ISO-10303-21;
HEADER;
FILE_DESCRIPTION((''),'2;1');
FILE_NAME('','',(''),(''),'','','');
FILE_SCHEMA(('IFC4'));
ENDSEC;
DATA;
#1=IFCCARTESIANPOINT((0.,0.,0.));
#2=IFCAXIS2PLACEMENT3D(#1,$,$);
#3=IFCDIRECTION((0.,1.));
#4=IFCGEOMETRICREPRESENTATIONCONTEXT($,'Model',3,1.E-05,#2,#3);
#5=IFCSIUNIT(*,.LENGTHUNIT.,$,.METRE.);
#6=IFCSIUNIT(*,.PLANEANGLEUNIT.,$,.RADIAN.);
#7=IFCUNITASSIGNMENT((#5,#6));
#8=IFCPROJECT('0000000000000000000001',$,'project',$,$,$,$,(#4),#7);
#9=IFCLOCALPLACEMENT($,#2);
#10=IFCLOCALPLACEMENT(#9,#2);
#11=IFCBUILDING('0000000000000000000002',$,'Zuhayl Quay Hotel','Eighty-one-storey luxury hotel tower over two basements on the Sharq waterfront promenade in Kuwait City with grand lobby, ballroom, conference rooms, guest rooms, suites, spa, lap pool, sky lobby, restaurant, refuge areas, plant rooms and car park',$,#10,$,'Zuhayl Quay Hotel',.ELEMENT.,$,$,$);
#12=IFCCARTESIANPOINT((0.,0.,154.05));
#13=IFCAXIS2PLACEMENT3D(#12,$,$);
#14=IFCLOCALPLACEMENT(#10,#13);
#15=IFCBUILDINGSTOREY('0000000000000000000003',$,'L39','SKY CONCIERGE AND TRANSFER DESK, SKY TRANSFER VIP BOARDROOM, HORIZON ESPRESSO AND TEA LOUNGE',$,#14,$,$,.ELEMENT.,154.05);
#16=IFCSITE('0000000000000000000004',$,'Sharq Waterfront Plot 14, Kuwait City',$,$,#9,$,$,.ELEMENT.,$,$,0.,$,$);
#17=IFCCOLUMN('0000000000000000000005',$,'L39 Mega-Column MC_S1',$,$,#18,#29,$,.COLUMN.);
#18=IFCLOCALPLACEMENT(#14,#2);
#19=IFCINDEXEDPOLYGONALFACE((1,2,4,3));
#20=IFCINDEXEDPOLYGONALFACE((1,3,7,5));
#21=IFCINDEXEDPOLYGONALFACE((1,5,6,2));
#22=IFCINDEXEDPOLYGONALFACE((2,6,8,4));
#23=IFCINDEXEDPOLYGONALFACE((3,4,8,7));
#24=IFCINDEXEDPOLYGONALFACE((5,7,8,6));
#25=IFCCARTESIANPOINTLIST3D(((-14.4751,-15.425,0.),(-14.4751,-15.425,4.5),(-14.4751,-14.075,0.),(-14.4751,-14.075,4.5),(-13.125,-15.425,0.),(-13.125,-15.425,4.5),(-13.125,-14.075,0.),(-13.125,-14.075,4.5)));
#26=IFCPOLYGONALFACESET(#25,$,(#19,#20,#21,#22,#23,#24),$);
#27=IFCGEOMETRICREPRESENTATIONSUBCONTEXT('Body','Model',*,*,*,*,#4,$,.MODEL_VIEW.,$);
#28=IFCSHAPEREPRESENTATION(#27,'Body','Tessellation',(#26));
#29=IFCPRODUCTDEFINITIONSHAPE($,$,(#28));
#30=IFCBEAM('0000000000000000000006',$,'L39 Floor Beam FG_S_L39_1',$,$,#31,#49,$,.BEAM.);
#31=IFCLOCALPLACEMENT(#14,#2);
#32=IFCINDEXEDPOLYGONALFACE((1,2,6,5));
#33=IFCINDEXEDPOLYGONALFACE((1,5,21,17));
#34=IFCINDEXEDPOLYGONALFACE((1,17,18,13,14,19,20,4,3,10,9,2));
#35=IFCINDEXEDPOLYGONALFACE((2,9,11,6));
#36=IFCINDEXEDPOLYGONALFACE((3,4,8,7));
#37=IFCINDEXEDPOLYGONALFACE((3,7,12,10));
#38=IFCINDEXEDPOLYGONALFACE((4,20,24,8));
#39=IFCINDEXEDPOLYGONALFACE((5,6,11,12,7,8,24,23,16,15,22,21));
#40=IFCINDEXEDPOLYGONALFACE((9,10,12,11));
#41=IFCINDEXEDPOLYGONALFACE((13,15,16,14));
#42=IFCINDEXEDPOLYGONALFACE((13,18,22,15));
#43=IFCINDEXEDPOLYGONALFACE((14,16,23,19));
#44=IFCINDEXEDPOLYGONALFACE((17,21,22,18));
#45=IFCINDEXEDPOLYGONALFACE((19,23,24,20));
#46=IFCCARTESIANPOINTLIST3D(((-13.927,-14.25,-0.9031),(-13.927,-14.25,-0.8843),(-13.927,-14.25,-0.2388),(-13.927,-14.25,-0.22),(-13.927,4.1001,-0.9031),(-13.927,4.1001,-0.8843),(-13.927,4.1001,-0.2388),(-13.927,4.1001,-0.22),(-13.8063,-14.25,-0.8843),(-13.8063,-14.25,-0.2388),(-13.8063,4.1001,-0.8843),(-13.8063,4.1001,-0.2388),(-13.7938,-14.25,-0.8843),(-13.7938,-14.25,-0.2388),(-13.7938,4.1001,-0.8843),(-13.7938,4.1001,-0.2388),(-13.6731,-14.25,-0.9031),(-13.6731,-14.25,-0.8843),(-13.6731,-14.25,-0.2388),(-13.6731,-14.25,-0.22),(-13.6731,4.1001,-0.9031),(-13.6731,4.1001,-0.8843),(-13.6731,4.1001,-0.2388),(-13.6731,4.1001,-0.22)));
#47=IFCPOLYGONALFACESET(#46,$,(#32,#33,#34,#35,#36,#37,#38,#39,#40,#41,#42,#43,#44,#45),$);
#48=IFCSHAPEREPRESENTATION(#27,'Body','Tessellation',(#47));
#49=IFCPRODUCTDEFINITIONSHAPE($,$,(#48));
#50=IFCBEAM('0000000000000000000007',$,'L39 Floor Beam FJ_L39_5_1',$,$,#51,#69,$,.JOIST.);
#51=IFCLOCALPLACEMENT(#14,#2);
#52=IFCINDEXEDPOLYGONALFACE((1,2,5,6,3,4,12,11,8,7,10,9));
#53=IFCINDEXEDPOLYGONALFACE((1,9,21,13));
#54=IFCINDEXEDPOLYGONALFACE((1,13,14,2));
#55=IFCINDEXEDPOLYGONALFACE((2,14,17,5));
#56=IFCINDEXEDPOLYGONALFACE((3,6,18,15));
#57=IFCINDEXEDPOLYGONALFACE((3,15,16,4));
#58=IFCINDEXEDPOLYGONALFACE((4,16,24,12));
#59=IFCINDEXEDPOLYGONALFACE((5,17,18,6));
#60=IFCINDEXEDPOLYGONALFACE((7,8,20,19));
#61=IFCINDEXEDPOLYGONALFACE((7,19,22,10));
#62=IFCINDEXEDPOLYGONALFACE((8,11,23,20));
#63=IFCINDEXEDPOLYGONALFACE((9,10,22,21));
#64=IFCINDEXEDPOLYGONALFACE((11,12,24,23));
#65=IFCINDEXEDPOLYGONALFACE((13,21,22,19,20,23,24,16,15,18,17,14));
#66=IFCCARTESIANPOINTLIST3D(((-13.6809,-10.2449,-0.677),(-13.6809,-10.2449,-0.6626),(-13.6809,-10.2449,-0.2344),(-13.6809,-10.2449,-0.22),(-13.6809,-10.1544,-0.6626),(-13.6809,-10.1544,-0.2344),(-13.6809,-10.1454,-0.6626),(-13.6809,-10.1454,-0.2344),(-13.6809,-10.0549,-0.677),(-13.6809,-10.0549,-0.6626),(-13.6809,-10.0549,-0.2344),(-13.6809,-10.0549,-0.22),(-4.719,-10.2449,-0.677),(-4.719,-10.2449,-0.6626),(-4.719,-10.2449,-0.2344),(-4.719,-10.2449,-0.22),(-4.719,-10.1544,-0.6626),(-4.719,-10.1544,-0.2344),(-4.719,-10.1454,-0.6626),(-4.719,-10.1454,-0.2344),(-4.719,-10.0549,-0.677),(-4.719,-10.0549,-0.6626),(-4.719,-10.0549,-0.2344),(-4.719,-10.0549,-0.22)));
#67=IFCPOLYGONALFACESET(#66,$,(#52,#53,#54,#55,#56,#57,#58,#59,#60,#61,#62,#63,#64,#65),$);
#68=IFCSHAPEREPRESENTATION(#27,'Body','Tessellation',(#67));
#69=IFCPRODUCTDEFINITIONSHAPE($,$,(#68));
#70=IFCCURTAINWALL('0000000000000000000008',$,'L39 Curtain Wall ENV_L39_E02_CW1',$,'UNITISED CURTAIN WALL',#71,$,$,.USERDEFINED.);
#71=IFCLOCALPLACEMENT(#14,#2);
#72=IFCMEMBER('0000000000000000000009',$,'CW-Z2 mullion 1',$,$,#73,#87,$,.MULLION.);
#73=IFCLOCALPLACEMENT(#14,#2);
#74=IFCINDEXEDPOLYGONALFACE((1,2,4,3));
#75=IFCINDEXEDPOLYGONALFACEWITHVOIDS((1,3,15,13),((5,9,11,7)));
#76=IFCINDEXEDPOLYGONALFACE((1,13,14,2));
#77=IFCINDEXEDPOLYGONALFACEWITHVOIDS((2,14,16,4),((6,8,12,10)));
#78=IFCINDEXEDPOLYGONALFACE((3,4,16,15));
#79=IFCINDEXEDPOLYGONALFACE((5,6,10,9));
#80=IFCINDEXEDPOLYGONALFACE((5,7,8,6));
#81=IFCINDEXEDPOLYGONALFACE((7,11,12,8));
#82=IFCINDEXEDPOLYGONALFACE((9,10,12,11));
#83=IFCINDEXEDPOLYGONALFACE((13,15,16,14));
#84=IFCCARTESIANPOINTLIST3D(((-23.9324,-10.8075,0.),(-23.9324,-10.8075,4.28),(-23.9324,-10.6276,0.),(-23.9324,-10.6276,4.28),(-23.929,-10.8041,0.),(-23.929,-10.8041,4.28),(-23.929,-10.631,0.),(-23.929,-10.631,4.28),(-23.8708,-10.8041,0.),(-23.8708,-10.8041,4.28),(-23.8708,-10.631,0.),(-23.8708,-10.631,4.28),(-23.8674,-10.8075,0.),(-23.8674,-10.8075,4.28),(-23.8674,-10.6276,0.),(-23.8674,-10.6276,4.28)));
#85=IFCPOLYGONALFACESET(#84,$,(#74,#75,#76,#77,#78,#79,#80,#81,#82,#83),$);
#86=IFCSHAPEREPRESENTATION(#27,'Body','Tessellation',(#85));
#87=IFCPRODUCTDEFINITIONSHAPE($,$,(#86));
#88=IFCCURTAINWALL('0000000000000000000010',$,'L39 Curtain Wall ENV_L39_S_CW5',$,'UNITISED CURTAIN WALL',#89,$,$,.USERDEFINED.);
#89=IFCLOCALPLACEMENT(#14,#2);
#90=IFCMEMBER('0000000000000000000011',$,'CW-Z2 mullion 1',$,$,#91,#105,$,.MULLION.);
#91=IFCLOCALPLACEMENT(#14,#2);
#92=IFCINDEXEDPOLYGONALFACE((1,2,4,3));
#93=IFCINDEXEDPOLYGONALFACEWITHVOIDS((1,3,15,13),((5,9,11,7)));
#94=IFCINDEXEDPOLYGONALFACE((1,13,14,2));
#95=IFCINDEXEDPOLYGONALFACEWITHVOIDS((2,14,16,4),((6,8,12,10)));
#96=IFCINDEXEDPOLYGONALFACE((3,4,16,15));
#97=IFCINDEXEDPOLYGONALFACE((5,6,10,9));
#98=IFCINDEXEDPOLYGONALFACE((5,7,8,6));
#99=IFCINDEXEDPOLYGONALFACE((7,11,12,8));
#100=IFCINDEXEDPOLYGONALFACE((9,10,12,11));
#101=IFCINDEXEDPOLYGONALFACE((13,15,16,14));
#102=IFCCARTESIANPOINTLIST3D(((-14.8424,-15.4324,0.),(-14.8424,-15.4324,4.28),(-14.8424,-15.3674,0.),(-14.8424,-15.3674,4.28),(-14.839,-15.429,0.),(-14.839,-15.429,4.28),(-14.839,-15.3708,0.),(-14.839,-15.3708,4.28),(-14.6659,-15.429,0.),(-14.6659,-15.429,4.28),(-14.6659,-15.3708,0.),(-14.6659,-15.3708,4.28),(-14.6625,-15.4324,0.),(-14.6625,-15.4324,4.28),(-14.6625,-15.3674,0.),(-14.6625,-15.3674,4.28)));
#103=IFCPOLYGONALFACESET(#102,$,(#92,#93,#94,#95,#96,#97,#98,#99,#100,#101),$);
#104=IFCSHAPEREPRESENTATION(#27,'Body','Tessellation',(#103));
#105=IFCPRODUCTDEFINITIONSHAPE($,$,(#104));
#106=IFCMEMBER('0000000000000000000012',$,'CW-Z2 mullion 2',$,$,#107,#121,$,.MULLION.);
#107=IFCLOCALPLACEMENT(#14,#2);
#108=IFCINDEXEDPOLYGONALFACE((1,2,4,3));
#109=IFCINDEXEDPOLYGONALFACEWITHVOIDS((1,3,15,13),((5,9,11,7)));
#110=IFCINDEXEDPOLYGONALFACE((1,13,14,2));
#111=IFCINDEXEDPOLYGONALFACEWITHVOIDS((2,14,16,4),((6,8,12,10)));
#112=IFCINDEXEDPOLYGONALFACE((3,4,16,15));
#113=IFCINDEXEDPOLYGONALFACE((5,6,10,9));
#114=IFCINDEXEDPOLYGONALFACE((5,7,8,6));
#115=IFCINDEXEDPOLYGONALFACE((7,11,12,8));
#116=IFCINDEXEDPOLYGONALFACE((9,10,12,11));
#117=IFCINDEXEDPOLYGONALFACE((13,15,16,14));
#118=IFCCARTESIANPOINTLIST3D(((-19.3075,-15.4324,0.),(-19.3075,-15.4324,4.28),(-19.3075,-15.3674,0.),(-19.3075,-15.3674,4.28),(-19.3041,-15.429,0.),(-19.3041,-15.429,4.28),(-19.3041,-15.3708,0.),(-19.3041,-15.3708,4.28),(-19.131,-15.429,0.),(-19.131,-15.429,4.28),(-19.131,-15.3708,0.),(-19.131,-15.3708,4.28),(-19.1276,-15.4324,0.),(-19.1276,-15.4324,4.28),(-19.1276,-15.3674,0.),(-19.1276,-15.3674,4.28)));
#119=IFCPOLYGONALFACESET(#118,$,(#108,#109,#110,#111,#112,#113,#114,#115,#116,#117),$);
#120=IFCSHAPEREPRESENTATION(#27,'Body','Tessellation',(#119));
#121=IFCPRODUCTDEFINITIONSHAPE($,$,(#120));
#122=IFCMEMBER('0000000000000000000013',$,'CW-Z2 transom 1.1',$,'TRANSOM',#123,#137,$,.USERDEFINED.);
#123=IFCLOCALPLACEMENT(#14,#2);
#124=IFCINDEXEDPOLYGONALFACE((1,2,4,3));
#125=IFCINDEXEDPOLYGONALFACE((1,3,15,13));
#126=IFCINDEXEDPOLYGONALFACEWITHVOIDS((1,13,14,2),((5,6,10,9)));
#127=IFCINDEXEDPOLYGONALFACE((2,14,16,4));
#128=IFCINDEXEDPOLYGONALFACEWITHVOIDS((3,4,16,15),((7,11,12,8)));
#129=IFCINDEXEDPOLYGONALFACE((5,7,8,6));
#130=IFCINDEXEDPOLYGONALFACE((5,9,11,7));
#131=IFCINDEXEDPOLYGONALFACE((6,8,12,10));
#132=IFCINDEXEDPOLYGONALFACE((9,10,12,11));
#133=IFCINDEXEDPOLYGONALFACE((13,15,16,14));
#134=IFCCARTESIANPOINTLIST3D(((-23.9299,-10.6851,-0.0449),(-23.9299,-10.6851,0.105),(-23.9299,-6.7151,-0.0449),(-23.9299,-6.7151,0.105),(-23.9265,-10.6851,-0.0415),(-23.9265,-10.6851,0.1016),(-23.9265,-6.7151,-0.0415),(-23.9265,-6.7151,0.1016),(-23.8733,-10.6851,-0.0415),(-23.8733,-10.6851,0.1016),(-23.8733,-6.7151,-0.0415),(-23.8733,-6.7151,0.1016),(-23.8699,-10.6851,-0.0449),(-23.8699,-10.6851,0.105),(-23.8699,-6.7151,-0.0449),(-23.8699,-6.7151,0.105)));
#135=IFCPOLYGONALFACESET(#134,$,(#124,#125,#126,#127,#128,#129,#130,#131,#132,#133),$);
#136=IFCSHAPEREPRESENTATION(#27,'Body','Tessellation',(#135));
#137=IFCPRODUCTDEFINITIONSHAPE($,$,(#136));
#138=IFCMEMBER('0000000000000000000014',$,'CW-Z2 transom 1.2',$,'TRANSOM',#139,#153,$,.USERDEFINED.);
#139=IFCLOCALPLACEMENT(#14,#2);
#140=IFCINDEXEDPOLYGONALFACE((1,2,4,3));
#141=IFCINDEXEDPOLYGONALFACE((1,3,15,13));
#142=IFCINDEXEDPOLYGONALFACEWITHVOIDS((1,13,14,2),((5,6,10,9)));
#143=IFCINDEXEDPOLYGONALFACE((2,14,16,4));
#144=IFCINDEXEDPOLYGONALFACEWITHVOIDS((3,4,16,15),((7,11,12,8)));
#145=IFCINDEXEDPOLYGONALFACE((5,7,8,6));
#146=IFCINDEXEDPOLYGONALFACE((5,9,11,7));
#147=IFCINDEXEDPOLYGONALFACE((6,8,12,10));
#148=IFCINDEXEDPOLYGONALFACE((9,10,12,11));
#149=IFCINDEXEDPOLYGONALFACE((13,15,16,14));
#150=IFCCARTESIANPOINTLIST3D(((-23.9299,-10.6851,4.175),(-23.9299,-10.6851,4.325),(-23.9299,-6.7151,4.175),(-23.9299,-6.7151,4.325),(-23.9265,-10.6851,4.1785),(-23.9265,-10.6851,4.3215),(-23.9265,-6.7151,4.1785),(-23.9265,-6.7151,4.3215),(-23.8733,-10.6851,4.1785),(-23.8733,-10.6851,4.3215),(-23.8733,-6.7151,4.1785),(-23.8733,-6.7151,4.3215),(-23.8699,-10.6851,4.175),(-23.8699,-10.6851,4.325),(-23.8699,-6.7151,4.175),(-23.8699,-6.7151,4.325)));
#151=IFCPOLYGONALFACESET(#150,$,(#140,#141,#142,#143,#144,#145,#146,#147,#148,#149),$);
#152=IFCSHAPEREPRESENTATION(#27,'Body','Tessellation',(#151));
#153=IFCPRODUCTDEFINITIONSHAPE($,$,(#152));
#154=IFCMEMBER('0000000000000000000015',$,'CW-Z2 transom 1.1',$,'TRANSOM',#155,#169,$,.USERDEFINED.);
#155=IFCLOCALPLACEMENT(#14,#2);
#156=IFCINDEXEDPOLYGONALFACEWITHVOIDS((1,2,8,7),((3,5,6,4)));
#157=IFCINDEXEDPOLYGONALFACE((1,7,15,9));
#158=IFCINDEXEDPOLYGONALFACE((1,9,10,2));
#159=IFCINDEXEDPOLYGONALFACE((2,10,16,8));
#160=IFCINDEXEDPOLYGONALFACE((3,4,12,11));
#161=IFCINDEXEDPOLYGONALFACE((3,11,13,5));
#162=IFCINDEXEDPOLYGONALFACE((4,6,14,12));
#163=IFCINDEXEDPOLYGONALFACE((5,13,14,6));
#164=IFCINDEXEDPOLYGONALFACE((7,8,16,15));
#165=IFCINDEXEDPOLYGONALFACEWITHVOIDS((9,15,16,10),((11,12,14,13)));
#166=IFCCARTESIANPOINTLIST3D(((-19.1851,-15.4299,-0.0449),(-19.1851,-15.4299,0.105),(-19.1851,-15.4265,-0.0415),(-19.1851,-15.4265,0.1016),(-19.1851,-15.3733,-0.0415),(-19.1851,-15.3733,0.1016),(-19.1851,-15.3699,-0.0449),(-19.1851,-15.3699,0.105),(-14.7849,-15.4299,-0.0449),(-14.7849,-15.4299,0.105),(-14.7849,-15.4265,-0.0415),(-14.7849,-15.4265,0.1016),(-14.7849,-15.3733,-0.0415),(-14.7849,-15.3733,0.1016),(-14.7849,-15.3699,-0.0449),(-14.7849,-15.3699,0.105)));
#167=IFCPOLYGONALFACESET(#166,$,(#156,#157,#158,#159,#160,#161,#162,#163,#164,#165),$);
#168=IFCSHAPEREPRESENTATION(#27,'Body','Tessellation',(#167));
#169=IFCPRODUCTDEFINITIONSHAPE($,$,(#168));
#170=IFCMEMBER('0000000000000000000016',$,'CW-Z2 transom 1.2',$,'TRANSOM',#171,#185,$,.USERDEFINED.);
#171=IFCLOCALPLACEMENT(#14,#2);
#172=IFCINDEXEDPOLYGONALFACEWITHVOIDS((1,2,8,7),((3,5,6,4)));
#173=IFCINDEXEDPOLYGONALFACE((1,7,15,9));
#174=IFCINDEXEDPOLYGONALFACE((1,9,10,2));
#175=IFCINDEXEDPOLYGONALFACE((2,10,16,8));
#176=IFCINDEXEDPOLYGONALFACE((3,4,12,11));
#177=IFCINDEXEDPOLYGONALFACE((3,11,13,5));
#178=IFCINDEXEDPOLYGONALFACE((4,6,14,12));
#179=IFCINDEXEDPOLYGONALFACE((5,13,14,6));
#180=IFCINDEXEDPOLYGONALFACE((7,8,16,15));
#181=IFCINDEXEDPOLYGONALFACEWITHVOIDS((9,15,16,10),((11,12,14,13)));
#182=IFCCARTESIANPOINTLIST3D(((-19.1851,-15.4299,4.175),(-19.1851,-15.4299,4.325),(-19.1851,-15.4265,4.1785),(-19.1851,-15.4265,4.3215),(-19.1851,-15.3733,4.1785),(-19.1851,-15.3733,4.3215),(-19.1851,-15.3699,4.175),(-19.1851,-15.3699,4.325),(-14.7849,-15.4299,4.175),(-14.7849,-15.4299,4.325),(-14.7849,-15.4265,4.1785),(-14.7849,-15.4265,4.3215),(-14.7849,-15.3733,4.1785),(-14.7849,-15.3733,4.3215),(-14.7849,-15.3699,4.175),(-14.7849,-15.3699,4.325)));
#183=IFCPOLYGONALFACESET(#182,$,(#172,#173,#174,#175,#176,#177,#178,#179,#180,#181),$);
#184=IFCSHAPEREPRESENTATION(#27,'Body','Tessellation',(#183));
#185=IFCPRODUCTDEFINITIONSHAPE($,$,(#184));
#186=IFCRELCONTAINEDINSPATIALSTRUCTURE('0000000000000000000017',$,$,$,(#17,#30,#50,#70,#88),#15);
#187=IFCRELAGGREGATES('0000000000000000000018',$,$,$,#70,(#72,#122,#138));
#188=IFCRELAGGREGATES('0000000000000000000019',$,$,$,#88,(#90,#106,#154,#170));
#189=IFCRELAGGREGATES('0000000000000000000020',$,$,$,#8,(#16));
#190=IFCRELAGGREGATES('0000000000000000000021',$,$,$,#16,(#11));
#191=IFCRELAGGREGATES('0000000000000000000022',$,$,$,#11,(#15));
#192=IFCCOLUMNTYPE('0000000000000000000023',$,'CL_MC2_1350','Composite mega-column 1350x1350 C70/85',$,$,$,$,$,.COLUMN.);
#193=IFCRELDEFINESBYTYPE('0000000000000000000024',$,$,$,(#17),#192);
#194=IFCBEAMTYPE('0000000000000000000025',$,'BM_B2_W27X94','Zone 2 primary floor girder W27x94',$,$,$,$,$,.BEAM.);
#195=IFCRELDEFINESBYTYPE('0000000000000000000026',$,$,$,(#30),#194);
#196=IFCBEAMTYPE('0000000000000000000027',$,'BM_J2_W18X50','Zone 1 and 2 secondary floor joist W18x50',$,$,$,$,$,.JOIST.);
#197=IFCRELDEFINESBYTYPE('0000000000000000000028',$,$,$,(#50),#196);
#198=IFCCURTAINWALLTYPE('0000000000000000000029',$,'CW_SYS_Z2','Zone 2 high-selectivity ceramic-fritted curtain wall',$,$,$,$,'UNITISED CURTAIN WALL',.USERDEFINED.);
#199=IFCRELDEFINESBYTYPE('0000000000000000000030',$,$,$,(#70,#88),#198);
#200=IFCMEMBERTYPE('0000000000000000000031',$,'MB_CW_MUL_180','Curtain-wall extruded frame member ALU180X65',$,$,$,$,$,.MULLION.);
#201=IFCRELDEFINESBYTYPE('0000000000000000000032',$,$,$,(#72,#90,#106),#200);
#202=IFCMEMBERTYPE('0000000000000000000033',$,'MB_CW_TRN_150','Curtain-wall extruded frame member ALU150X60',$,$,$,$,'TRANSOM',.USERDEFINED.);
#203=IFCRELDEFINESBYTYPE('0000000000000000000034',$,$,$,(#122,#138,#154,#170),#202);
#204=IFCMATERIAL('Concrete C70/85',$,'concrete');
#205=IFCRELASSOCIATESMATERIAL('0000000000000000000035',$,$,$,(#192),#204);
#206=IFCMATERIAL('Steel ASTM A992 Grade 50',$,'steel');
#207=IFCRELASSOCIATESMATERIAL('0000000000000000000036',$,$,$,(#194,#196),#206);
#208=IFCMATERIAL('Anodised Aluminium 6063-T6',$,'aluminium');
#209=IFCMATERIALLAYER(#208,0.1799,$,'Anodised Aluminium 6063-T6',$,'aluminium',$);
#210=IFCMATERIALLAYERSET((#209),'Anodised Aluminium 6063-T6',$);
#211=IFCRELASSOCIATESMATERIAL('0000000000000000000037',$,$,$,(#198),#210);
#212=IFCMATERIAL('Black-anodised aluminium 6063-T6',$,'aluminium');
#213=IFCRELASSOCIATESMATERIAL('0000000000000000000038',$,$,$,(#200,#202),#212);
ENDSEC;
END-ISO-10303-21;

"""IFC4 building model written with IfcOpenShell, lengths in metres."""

from ifc_helpers import new_model, si_unit, direction, frame, origin, origin_2d, place, context, subcontext, project, spatial, rectangle, hollow_rectangle, i_section, extrude, material, layer, layer_set, material_profile, profile_set, type_object, element, aggregate, save


model = new_model("IFC4")

# Units and contexts
model_context = context("Model", 3, precision=1e-05, world=origin(), true_north=direction((0.0, 1.0)))
body_context = subcontext(model_context, "Body", "Model", "MODEL_VIEW")
ifc_project = project(units=[si_unit("LENGTHUNIT", "METRE"), si_unit("PLANEANGLEUNIT", "RADIAN")], contexts=[model_context])

# Site, building, storey
site_placement = place(None, origin())
site = spatial("IfcSite", under=ifc_project, at=site_placement, Name="Sharq Waterfront Plot 14, Kuwait City", CompositionType="ELEMENT", RefElevation=0.0)
building_placement = place(site_placement, origin())
building = spatial("IfcBuilding", under=site, at=building_placement, Name="Zuhayl Quay Hotel", Description="Eighty-one-storey luxury hotel tower over two basements on the Sharq waterfront promenade in Kuwait City with grand lobby, ballroom, conference rooms, guest rooms, suites, spa, lap pool, sky lobby, restaurant, refuge areas, plant rooms and car park", LongName="Zuhayl Quay Hotel", CompositionType="ELEMENT")
storey_placement = place(building_placement, frame((0.0, 0.0, 154.05)))
storey = spatial("IfcBuildingStorey", under=building, at=storey_placement, Name="L39", Description="SKY CONCIERGE AND TRANSFER DESK, SKY TRANSFER VIP BOARDROOM, HORIZON ESPRESSO AND TEA LOUNGE", CompositionType="ELEMENT", Elevation=154.05)

# Column
ifc_material_1 = material(Name="Concrete C70/85", Category="concrete")
ifc_material_profile_1 = material_profile(ifc_material_1, rectangle(XDim=1.3501, YDim=1.3501, at=origin_2d()), Name="RC1350X1350")
ifc_profile_set_1 = profile_set([ifc_material_profile_1], Name="Concrete C70/85")
column_type = type_object("IfcColumnType", Name="CL_MC2_1350", Description="Composite mega-column 1350x1350 C70/85", PredefinedType="COLUMN", material=ifc_profile_set_1)
column_placement = place(storey_placement, frame((-13.8, -14.75, 0.0), z_axis=(0.0, 0.0, 1.0), x_axis=(1.0, 0.0, 0.0)))
element("IfcColumn", 1, at=column_placement, inside=storey, type_object=column_type, Name="L39 Mega-Column MC_S1", PredefinedType="COLUMN", context=body_context, shape_type="SweptSolid", body=[
    extrude(rectangle(XDim=1.3501, YDim=1.3501, at=origin_2d()), origin(), (0.0, 0.0, 1.0), 4.5),
])

# Beams
ifc_material_2 = material(Name="Steel ASTM A992 Grade 50", Category="steel")
ifc_material_profile_2 = material_profile(ifc_material_2, i_section(OverallWidth=0.2539, OverallDepth=0.6831, WebThickness=0.0125, FlangeThickness=0.0188, at=origin_2d()), Name="W27X94")
ifc_profile_set_2 = profile_set([ifc_material_profile_2], Name="Steel ASTM A992 Grade 50")
beam_type_1 = type_object("IfcBeamType", Name="BM_B2_W27X94", Description="Zone 2 primary floor girder W27x94", PredefinedType="BEAM", material=ifc_profile_set_2)
beam_1_placement = place(storey_placement, frame((-13.8, -14.25, -0.5615), z_axis=(0.0, 1.0, 0.0), x_axis=(-1.0, 0.0, 0.0)))
element("IfcBeam", 2, at=beam_1_placement, inside=storey, type_object=beam_type_1, Name="L39 Floor Beam FG_S_L39_1", PredefinedType="BEAM", context=body_context, shape_type="SweptSolid", body=[
    extrude(i_section(OverallWidth=0.2539, OverallDepth=0.6831, WebThickness=0.0125, FlangeThickness=0.0188, at=origin_2d()), origin(), (0.0, 0.0, 1.0), 18.3501),
])
ifc_material_profile_3 = material_profile(ifc_material_2, i_section(OverallWidth=0.1899, OverallDepth=0.457, WebThickness=0.009, FlangeThickness=0.0144, at=origin_2d()), Name="W18X50")
ifc_profile_set_3 = profile_set([ifc_material_profile_3], Name="Steel ASTM A992 Grade 50")
beam_type_2 = type_object("IfcBeamType", Name="BM_J2_W18X50", Description="Zone 1 and 2 secondary floor joist W18x50", PredefinedType="JOIST", material=ifc_profile_set_3)
beam_2_placement = place(storey_placement, frame((-13.6809, -10.1499, -0.4485), z_axis=(1.0, 0.0, 0.0), x_axis=(0.0, 1.0, 0.0)))
element("IfcBeam", 3, at=beam_2_placement, inside=storey, type_object=beam_type_2, Name="L39 Floor Beam FJ_L39_5_1", PredefinedType="JOIST", context=body_context, shape_type="SweptSolid", body=[
    extrude(i_section(OverallWidth=0.1899, OverallDepth=0.457, WebThickness=0.009, FlangeThickness=0.0144, at=origin_2d()), origin(), (0.0, 0.0, 1.0), 8.9619),
])

# Curtain wall, member
ifc_material_3 = material(Name="Anodised Aluminium 6063-T6", Category="aluminium")
ifc_layer_1 = layer(ifc_material_3, 0.1799, Name="Anodised Aluminium 6063-T6", Category="aluminium")
ifc_layer_set_1 = layer_set([ifc_layer_1], Name="Anodised Aluminium 6063-T6")
curtain_wall_type = type_object("IfcCurtainWallType", Name="CW_SYS_Z2", Description="Zone 2 high-selectivity ceramic-fritted curtain wall", ElementType="UNITISED CURTAIN WALL", PredefinedType="USERDEFINED", material=ifc_layer_set_1)
curtain_wall_1_placement = place(storey_placement, origin())
curtain_wall_1 = element("IfcCurtainWall", 4, at=curtain_wall_1_placement, inside=storey, type_object=curtain_wall_type, Name="L39 Curtain Wall ENV_L39_E02_CW1", ObjectType="UNITISED CURTAIN WALL", PredefinedType="USERDEFINED")
ifc_material_4 = material(Name="Black-anodised aluminium 6063-T6", Category="aluminium")
ifc_material_profile_4 = material_profile(ifc_material_4, hollow_rectangle(XDim=0.0649, YDim=0.1799, WallThickness=0.0034, at=origin_2d()), Name="ALU180X65")
ifc_profile_set_4 = profile_set([ifc_material_profile_4], Name="Black-anodised aluminium 6063-T6")
member_type_1 = type_object("IfcMemberType", Name="MB_CW_MUL_180", Description="Curtain-wall extruded frame member ALU180X65", PredefinedType="MULLION", material=ifc_profile_set_4)
member_1_placement = place(storey_placement, frame((-23.8999, -10.7175, 0.0), z_axis=(0.0, 0.0, 1.0), x_axis=(-1.0, 0.0, 0.0)))
member_1 = element("IfcMember", 5, at=member_1_placement, type_object=member_type_1, Name="CW-Z2 mullion 1", PredefinedType="MULLION", context=body_context, shape_type="SweptSolid", body=[
    extrude(hollow_rectangle(XDim=0.0649, YDim=0.1799, WallThickness=0.0034, at=origin_2d()), origin(), (0.0, 0.0, 1.0), 4.28),
])

# Curtain wall, members
curtain_wall_2_placement = place(storey_placement, origin())
curtain_wall_2 = element("IfcCurtainWall", 6, at=curtain_wall_2_placement, inside=storey, type_object=curtain_wall_type, Name="L39 Curtain Wall ENV_L39_S_CW5", ObjectType="UNITISED CURTAIN WALL", PredefinedType="USERDEFINED")
member_2_placement = place(storey_placement, frame((-14.7524, -15.3999, 0.0), z_axis=(0.0, 0.0, 1.0), x_axis=(0.0, -1.0, 0.0)))
member_2 = element("IfcMember", 7, at=member_2_placement, type_object=member_type_1, Name="CW-Z2 mullion 1", PredefinedType="MULLION", context=body_context, shape_type="SweptSolid", body=[
    extrude(hollow_rectangle(XDim=0.0649, YDim=0.1799, WallThickness=0.0034, at=origin_2d()), origin(), (0.0, 0.0, 1.0), 4.28),
])
member_3_placement = place(storey_placement, frame((-19.2175, -15.3999, 0.0), z_axis=(0.0, 0.0, 1.0), x_axis=(0.0, -1.0, 0.0)))
member_3 = element("IfcMember", 8, at=member_3_placement, type_object=member_type_1, Name="CW-Z2 mullion 2", PredefinedType="MULLION", context=body_context, shape_type="SweptSolid", body=[
    extrude(hollow_rectangle(XDim=0.0649, YDim=0.1799, WallThickness=0.0034, at=origin_2d()), origin(), (0.0, 0.0, 1.0), 4.28),
])

# Members
ifc_material_profile_5 = material_profile(ifc_material_4, hollow_rectangle(XDim=0.0601, YDim=0.1499, WallThickness=0.0034, at=origin_2d()), Name="ALU150X60")
ifc_profile_set_5 = profile_set([ifc_material_profile_5], Name="Black-anodised aluminium 6063-T6")
member_type_2 = type_object("IfcMemberType", Name="MB_CW_TRN_150", Description="Curtain-wall extruded frame member ALU150X60", ElementType="TRANSOM", PredefinedType="USERDEFINED", material=ifc_profile_set_5)
member_4_placement = place(storey_placement, frame((-23.8999, -10.6851, 0.03), z_axis=(0.0, 1.0, 0.0), x_axis=(-1.0, 0.0, 0.0)))
member_4 = element("IfcMember", 9, at=member_4_placement, type_object=member_type_2, Name="CW-Z2 transom 1.1", ObjectType="TRANSOM", PredefinedType="USERDEFINED", context=body_context, shape_type="SweptSolid", body=[
    extrude(hollow_rectangle(XDim=0.0601, YDim=0.1499, WallThickness=0.0034, at=origin_2d()), origin(), (0.0, 0.0, 1.0), 3.97),
])
member_5_placement = place(storey_placement, frame((-23.8999, -10.6851, 4.25), z_axis=(0.0, 1.0, 0.0), x_axis=(-1.0, 0.0, 0.0)))
member_5 = element("IfcMember", 10, at=member_5_placement, type_object=member_type_2, Name="CW-Z2 transom 1.2", ObjectType="TRANSOM", PredefinedType="USERDEFINED", context=body_context, shape_type="SweptSolid", body=[
    extrude(hollow_rectangle(XDim=0.0601, YDim=0.1499, WallThickness=0.0034, at=origin_2d()), origin(), (0.0, 0.0, 1.0), 3.97),
])
member_6_placement = place(storey_placement, frame((-14.7849, -15.3999, 0.03), z_axis=(-1.0, 0.0, 0.0), x_axis=(0.0, -1.0, 0.0)))
member_6 = element("IfcMember", 11, at=member_6_placement, type_object=member_type_2, Name="CW-Z2 transom 1.1", ObjectType="TRANSOM", PredefinedType="USERDEFINED", context=body_context, shape_type="SweptSolid", body=[
    extrude(hollow_rectangle(XDim=0.0601, YDim=0.1499, WallThickness=0.0034, at=origin_2d()), origin(), (0.0, 0.0, 1.0), 4.4001),
])
member_7_placement = place(storey_placement, frame((-14.7849, -15.3999, 4.25), z_axis=(-1.0, 0.0, 0.0), x_axis=(0.0, -1.0, 0.0)))
member_7 = element("IfcMember", 12, at=member_7_placement, type_object=member_type_2, Name="CW-Z2 transom 1.2", ObjectType="TRANSOM", PredefinedType="USERDEFINED", context=body_context, shape_type="SweptSolid", body=[
    extrude(hollow_rectangle(XDim=0.0601, YDim=0.1499, WallThickness=0.0034, at=origin_2d()), origin(), (0.0, 0.0, 1.0), 4.4001),
])

aggregate(curtain_wall_1, [member_1, member_4, member_5])
aggregate(curtain_wall_2, [member_2, member_3, member_6, member_7])

save(model, "model.ifc")
